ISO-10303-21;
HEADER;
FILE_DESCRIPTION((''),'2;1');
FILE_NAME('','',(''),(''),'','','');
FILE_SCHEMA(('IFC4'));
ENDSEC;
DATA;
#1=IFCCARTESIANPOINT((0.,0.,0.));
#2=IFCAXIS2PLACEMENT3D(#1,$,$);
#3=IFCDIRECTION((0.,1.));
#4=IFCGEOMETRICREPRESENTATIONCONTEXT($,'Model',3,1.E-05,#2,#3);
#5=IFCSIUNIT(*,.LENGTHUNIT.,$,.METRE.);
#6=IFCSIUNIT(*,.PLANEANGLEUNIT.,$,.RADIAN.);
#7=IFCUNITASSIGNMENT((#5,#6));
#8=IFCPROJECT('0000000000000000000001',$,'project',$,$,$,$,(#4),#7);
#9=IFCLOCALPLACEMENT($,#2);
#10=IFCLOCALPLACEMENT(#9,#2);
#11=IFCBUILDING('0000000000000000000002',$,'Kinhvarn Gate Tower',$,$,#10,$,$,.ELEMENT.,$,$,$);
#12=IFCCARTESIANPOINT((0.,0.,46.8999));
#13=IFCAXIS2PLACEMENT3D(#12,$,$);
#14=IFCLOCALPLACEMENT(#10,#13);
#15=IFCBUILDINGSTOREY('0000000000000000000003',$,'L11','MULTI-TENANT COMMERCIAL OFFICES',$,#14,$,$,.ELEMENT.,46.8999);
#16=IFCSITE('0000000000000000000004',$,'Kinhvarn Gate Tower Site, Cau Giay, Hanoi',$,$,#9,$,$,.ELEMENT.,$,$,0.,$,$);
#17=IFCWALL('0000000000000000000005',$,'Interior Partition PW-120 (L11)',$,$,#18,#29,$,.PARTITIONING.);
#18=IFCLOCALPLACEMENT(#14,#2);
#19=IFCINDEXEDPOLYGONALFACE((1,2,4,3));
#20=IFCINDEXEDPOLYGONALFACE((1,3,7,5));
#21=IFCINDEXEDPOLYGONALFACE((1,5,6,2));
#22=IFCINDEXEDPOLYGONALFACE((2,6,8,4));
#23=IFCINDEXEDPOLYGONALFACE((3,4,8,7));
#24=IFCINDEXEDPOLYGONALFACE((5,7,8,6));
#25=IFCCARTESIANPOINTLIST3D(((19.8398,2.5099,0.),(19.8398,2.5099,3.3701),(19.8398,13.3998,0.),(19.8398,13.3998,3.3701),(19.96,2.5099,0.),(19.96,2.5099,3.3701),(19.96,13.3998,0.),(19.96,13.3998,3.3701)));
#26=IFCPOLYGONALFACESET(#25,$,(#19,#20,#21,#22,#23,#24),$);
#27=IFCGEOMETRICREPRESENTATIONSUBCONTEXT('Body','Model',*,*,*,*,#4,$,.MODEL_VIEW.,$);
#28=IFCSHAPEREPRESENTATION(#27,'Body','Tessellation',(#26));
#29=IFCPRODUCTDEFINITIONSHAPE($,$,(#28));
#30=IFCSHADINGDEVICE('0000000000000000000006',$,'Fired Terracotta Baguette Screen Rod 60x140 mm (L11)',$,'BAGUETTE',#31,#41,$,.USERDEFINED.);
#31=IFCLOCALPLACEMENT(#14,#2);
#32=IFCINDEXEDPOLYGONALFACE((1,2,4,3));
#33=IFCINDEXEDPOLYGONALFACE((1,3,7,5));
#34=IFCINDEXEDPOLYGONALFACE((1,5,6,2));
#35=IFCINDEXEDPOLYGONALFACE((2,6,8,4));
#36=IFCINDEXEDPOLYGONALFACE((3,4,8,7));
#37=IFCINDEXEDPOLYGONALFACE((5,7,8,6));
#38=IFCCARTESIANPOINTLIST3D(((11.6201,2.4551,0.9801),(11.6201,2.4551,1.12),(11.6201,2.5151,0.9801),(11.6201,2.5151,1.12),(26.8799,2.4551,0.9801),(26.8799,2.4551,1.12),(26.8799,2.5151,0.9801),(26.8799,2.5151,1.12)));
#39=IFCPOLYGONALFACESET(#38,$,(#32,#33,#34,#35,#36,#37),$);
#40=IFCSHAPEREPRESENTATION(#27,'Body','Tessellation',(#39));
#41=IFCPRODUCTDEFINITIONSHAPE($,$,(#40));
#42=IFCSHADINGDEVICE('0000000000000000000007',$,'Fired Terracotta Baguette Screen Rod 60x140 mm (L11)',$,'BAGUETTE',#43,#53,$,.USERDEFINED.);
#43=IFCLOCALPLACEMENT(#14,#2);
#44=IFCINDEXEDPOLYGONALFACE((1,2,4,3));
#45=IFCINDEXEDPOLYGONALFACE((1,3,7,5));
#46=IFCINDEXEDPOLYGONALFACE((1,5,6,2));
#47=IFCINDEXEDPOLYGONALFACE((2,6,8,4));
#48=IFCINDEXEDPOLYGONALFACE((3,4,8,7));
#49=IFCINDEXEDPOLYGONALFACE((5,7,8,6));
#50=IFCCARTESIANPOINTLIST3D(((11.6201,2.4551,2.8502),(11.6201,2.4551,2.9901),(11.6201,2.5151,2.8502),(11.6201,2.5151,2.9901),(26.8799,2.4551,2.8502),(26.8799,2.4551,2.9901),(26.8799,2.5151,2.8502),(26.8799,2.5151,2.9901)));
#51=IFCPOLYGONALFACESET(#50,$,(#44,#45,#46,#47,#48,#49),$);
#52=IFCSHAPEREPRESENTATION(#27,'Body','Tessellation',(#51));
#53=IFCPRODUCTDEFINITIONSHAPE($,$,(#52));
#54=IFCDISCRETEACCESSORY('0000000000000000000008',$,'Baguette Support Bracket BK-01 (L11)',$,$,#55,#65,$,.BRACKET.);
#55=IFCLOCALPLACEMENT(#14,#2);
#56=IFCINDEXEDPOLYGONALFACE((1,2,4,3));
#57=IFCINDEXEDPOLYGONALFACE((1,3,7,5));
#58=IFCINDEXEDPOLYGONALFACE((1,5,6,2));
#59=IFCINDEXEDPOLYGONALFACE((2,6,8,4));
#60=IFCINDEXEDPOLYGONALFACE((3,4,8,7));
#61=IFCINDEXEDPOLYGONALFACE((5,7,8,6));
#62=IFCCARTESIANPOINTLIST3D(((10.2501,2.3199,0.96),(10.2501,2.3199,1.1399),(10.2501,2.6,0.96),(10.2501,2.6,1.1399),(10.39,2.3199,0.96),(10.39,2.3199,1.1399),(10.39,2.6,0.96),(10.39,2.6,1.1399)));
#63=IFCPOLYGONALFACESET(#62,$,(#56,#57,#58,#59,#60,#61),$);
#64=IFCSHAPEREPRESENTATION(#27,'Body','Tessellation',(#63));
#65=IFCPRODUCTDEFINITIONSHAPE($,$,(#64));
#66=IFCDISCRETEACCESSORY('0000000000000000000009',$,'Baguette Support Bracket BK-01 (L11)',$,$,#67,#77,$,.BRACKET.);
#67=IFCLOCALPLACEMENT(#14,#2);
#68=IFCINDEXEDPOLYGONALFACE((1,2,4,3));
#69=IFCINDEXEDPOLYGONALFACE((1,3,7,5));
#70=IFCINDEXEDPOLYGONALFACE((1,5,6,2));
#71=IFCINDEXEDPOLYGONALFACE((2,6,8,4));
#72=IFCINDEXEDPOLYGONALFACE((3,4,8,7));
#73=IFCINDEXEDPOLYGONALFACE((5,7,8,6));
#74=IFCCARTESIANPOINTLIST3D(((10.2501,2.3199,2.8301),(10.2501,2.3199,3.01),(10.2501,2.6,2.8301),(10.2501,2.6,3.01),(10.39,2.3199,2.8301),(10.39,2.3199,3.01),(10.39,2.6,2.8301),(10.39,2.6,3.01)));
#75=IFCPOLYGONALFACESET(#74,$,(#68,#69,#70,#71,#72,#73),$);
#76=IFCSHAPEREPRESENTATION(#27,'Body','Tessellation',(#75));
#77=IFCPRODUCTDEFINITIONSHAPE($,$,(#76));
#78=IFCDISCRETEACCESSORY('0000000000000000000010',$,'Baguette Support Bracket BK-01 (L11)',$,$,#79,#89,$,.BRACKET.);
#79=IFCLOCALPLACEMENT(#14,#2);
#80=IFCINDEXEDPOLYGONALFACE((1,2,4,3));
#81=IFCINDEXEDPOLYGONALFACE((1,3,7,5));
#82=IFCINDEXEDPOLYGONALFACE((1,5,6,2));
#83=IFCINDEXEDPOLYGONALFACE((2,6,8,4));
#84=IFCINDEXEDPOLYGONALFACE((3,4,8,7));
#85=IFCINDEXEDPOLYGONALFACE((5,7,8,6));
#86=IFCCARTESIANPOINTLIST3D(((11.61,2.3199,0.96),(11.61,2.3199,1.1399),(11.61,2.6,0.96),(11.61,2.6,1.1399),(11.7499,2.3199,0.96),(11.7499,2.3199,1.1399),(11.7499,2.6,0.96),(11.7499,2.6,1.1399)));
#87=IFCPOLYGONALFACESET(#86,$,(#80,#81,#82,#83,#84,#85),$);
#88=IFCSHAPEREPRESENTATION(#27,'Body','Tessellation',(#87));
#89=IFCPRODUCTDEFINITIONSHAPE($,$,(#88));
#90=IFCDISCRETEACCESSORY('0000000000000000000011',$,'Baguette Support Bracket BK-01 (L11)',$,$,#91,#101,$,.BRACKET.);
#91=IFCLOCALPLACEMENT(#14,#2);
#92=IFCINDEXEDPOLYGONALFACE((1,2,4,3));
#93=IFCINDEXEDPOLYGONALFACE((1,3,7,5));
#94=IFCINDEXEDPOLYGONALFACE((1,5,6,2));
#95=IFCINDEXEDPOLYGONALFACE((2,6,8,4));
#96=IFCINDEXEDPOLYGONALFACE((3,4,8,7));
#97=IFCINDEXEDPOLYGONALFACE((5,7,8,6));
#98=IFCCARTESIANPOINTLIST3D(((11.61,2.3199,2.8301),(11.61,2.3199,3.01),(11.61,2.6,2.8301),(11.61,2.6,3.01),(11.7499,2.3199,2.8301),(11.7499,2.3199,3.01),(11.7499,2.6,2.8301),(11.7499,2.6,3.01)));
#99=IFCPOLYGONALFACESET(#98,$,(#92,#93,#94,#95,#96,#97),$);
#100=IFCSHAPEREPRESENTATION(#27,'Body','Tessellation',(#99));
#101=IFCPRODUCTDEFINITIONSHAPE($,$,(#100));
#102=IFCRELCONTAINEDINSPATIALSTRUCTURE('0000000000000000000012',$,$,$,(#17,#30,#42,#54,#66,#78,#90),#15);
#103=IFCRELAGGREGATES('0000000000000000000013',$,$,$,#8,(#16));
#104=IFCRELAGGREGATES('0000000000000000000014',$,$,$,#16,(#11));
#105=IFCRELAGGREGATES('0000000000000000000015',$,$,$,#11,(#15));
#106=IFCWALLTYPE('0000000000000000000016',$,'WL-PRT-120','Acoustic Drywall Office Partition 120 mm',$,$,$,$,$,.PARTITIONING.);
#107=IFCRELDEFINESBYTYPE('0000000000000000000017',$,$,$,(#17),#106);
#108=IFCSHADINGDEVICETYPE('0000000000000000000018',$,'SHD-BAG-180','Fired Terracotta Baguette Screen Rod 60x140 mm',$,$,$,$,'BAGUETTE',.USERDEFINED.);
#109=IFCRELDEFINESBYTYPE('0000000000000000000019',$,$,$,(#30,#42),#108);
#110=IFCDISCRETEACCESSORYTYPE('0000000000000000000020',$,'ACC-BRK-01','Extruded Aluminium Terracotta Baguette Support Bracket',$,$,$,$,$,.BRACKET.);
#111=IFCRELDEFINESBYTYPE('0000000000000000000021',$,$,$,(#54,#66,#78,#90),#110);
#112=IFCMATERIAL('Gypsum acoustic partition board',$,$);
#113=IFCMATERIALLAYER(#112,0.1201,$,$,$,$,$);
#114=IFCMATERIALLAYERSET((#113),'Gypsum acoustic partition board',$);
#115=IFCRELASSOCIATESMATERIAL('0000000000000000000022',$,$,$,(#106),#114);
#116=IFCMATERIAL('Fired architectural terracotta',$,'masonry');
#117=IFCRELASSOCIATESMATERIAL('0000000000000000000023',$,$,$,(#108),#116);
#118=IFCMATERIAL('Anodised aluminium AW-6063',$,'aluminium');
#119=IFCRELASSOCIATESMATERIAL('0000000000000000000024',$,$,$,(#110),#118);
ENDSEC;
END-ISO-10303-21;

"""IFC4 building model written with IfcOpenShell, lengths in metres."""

from ifc_helpers import new_model, si_unit, direction, frame, frame_2d, origin, origin_2d, place, context, subcontext, project, spatial, rectangle, extrude, material, layer, layer_set, material_profile, profile_set, type_object, element, save


model = new_model("IFC4")

# Units and contexts
model_context = context("Model", 3, precision=1e-05, world=origin(), true_north=direction((0.0, 1.0)))
body_context = subcontext(model_context, "Body", "Model", "MODEL_VIEW")
ifc_project = project(units=[si_unit("LENGTHUNIT", "METRE"), si_unit("PLANEANGLEUNIT", "RADIAN")], contexts=[model_context])

# Site, building, storey
site_placement = place(None, origin())
site = spatial("IfcSite", under=ifc_project, at=site_placement, Name="Kinhvarn Gate Tower Site, Cau Giay, Hanoi", CompositionType="ELEMENT", RefElevation=0.0)
building_placement = place(site_placement, origin())
building = spatial("IfcBuilding", under=site, at=building_placement, Name="Kinhvarn Gate Tower", CompositionType="ELEMENT")
storey_placement = place(building_placement, frame((0.0, 0.0, 46.8999)))
storey = spatial("IfcBuildingStorey", under=building, at=storey_placement, Name="L11", Description="MULTI-TENANT COMMERCIAL OFFICES", CompositionType="ELEMENT", Elevation=46.8999)

# Shared definitions
ifc_material_1 = material(Name="Anodised aluminium AW-6063", Category="aluminium")

# Wall
ifc_material_2 = material(Name="Gypsum acoustic partition board")
ifc_layer_1 = layer(ifc_material_2, 0.1201)
ifc_layer_set_1 = layer_set([ifc_layer_1], Name="Gypsum acoustic partition board")
wall_type = type_object("IfcWallType", Name="WL-PRT-120", Description="Acoustic Drywall Office Partition 120 mm", PredefinedType="PARTITIONING", material=ifc_layer_set_1)
wall_placement = place(storey_placement, frame((19.8999, 2.51, 0.0), z_axis=(0.0, 0.0, 1.0), x_axis=(0.0, 1.0, 0.0)))
element("IfcWall", 1, at=wall_placement, inside=storey, type_object=wall_type, Name="Interior Partition PW-120 (L11)", PredefinedType="PARTITIONING", context=body_context, shape_type="SweptSolid", body=[
    extrude(rectangle(XDim=10.8899, YDim=0.1201, at=frame_2d((5.4448, 0.0))), origin(), (0.0, 0.0, 1.0), 3.3701),
])

# Shading devices
ifc_material_3 = material(Name="Fired architectural terracotta", Category="masonry")
ifc_material_profile_1 = material_profile(ifc_material_3, rectangle(XDim=0.0601, YDim=0.1399, at=origin_2d()), Name="TC 60x140")
ifc_profile_set_1 = profile_set([ifc_material_profile_1], Name="Fired architectural terracotta")
shading_device_type = type_object("IfcShadingDeviceType", Name="SHD-BAG-180", Description="Fired Terracotta Baguette Screen Rod 60x140 mm", ElementType="BAGUETTE", PredefinedType="USERDEFINED", material=ifc_profile_set_1)
for number, where, z_axis, x_axis, name in (
    (2, (11.6201, 2.4851, 1.05), (1.0, 0.0, 0.0), (0.0, 1.0, 0.0), "Fired Terracotta Baguette Screen Rod 60x140 mm (L11)"),
    (3, (11.6201, 2.4851, 2.9202), (1.0, 0.0, 0.0), (0.0, 1.0, 0.0), "Fired Terracotta Baguette Screen Rod 60x140 mm (L11)"),
):
    element("IfcShadingDevice", number, at=place(storey_placement, frame(where, z_axis=z_axis, x_axis=x_axis)), inside=storey, type_object=shading_device_type, Name=name, ObjectType="BAGUETTE", PredefinedType="USERDEFINED", context=body_context, shape_type="SweptSolid", body=[
        extrude(rectangle(XDim=0.0601, YDim=0.1399, at=origin_2d()), origin(), (0.0, 0.0, 1.0), 15.2598),
    ])

# Discrete accessories
discrete_accessory_type = type_object("IfcDiscreteAccessoryType", Name="ACC-BRK-01", Description="Extruded Aluminium Terracotta Baguette Support Bracket", PredefinedType="BRACKET", material=ifc_material_1)
for number, where, z_axis, x_axis, name in (
    (4, (10.3201, 2.46, 0.96), (0.0, 0.0, 1.0), (1.0, 0.0, 0.0), "Baguette Support Bracket BK-01 (L11)"),
    (5, (10.3201, 2.46, 2.8301), (0.0, 0.0, 1.0), (1.0, 0.0, 0.0), "Baguette Support Bracket BK-01 (L11)"),
    (6, (11.6799, 2.46, 0.96), (0.0, 0.0, 1.0), (1.0, 0.0, 0.0), "Baguette Support Bracket BK-01 (L11)"),
    (7, (11.6799, 2.46, 2.8301), (0.0, 0.0, 1.0), (1.0, 0.0, 0.0), "Baguette Support Bracket BK-01 (L11)"),
):
    element("IfcDiscreteAccessory", number, at=place(storey_placement, frame(where, z_axis=z_axis, x_axis=x_axis)), inside=storey, type_object=discrete_accessory_type, Name=name, PredefinedType="BRACKET", context=body_context, shape_type="SweptSolid", body=[
        extrude(rectangle(XDim=0.1399, YDim=0.28, at=origin_2d()), origin(), (0.0, 0.0, 1.0), 0.1799),
    ])

save(model, "model.ifc")
